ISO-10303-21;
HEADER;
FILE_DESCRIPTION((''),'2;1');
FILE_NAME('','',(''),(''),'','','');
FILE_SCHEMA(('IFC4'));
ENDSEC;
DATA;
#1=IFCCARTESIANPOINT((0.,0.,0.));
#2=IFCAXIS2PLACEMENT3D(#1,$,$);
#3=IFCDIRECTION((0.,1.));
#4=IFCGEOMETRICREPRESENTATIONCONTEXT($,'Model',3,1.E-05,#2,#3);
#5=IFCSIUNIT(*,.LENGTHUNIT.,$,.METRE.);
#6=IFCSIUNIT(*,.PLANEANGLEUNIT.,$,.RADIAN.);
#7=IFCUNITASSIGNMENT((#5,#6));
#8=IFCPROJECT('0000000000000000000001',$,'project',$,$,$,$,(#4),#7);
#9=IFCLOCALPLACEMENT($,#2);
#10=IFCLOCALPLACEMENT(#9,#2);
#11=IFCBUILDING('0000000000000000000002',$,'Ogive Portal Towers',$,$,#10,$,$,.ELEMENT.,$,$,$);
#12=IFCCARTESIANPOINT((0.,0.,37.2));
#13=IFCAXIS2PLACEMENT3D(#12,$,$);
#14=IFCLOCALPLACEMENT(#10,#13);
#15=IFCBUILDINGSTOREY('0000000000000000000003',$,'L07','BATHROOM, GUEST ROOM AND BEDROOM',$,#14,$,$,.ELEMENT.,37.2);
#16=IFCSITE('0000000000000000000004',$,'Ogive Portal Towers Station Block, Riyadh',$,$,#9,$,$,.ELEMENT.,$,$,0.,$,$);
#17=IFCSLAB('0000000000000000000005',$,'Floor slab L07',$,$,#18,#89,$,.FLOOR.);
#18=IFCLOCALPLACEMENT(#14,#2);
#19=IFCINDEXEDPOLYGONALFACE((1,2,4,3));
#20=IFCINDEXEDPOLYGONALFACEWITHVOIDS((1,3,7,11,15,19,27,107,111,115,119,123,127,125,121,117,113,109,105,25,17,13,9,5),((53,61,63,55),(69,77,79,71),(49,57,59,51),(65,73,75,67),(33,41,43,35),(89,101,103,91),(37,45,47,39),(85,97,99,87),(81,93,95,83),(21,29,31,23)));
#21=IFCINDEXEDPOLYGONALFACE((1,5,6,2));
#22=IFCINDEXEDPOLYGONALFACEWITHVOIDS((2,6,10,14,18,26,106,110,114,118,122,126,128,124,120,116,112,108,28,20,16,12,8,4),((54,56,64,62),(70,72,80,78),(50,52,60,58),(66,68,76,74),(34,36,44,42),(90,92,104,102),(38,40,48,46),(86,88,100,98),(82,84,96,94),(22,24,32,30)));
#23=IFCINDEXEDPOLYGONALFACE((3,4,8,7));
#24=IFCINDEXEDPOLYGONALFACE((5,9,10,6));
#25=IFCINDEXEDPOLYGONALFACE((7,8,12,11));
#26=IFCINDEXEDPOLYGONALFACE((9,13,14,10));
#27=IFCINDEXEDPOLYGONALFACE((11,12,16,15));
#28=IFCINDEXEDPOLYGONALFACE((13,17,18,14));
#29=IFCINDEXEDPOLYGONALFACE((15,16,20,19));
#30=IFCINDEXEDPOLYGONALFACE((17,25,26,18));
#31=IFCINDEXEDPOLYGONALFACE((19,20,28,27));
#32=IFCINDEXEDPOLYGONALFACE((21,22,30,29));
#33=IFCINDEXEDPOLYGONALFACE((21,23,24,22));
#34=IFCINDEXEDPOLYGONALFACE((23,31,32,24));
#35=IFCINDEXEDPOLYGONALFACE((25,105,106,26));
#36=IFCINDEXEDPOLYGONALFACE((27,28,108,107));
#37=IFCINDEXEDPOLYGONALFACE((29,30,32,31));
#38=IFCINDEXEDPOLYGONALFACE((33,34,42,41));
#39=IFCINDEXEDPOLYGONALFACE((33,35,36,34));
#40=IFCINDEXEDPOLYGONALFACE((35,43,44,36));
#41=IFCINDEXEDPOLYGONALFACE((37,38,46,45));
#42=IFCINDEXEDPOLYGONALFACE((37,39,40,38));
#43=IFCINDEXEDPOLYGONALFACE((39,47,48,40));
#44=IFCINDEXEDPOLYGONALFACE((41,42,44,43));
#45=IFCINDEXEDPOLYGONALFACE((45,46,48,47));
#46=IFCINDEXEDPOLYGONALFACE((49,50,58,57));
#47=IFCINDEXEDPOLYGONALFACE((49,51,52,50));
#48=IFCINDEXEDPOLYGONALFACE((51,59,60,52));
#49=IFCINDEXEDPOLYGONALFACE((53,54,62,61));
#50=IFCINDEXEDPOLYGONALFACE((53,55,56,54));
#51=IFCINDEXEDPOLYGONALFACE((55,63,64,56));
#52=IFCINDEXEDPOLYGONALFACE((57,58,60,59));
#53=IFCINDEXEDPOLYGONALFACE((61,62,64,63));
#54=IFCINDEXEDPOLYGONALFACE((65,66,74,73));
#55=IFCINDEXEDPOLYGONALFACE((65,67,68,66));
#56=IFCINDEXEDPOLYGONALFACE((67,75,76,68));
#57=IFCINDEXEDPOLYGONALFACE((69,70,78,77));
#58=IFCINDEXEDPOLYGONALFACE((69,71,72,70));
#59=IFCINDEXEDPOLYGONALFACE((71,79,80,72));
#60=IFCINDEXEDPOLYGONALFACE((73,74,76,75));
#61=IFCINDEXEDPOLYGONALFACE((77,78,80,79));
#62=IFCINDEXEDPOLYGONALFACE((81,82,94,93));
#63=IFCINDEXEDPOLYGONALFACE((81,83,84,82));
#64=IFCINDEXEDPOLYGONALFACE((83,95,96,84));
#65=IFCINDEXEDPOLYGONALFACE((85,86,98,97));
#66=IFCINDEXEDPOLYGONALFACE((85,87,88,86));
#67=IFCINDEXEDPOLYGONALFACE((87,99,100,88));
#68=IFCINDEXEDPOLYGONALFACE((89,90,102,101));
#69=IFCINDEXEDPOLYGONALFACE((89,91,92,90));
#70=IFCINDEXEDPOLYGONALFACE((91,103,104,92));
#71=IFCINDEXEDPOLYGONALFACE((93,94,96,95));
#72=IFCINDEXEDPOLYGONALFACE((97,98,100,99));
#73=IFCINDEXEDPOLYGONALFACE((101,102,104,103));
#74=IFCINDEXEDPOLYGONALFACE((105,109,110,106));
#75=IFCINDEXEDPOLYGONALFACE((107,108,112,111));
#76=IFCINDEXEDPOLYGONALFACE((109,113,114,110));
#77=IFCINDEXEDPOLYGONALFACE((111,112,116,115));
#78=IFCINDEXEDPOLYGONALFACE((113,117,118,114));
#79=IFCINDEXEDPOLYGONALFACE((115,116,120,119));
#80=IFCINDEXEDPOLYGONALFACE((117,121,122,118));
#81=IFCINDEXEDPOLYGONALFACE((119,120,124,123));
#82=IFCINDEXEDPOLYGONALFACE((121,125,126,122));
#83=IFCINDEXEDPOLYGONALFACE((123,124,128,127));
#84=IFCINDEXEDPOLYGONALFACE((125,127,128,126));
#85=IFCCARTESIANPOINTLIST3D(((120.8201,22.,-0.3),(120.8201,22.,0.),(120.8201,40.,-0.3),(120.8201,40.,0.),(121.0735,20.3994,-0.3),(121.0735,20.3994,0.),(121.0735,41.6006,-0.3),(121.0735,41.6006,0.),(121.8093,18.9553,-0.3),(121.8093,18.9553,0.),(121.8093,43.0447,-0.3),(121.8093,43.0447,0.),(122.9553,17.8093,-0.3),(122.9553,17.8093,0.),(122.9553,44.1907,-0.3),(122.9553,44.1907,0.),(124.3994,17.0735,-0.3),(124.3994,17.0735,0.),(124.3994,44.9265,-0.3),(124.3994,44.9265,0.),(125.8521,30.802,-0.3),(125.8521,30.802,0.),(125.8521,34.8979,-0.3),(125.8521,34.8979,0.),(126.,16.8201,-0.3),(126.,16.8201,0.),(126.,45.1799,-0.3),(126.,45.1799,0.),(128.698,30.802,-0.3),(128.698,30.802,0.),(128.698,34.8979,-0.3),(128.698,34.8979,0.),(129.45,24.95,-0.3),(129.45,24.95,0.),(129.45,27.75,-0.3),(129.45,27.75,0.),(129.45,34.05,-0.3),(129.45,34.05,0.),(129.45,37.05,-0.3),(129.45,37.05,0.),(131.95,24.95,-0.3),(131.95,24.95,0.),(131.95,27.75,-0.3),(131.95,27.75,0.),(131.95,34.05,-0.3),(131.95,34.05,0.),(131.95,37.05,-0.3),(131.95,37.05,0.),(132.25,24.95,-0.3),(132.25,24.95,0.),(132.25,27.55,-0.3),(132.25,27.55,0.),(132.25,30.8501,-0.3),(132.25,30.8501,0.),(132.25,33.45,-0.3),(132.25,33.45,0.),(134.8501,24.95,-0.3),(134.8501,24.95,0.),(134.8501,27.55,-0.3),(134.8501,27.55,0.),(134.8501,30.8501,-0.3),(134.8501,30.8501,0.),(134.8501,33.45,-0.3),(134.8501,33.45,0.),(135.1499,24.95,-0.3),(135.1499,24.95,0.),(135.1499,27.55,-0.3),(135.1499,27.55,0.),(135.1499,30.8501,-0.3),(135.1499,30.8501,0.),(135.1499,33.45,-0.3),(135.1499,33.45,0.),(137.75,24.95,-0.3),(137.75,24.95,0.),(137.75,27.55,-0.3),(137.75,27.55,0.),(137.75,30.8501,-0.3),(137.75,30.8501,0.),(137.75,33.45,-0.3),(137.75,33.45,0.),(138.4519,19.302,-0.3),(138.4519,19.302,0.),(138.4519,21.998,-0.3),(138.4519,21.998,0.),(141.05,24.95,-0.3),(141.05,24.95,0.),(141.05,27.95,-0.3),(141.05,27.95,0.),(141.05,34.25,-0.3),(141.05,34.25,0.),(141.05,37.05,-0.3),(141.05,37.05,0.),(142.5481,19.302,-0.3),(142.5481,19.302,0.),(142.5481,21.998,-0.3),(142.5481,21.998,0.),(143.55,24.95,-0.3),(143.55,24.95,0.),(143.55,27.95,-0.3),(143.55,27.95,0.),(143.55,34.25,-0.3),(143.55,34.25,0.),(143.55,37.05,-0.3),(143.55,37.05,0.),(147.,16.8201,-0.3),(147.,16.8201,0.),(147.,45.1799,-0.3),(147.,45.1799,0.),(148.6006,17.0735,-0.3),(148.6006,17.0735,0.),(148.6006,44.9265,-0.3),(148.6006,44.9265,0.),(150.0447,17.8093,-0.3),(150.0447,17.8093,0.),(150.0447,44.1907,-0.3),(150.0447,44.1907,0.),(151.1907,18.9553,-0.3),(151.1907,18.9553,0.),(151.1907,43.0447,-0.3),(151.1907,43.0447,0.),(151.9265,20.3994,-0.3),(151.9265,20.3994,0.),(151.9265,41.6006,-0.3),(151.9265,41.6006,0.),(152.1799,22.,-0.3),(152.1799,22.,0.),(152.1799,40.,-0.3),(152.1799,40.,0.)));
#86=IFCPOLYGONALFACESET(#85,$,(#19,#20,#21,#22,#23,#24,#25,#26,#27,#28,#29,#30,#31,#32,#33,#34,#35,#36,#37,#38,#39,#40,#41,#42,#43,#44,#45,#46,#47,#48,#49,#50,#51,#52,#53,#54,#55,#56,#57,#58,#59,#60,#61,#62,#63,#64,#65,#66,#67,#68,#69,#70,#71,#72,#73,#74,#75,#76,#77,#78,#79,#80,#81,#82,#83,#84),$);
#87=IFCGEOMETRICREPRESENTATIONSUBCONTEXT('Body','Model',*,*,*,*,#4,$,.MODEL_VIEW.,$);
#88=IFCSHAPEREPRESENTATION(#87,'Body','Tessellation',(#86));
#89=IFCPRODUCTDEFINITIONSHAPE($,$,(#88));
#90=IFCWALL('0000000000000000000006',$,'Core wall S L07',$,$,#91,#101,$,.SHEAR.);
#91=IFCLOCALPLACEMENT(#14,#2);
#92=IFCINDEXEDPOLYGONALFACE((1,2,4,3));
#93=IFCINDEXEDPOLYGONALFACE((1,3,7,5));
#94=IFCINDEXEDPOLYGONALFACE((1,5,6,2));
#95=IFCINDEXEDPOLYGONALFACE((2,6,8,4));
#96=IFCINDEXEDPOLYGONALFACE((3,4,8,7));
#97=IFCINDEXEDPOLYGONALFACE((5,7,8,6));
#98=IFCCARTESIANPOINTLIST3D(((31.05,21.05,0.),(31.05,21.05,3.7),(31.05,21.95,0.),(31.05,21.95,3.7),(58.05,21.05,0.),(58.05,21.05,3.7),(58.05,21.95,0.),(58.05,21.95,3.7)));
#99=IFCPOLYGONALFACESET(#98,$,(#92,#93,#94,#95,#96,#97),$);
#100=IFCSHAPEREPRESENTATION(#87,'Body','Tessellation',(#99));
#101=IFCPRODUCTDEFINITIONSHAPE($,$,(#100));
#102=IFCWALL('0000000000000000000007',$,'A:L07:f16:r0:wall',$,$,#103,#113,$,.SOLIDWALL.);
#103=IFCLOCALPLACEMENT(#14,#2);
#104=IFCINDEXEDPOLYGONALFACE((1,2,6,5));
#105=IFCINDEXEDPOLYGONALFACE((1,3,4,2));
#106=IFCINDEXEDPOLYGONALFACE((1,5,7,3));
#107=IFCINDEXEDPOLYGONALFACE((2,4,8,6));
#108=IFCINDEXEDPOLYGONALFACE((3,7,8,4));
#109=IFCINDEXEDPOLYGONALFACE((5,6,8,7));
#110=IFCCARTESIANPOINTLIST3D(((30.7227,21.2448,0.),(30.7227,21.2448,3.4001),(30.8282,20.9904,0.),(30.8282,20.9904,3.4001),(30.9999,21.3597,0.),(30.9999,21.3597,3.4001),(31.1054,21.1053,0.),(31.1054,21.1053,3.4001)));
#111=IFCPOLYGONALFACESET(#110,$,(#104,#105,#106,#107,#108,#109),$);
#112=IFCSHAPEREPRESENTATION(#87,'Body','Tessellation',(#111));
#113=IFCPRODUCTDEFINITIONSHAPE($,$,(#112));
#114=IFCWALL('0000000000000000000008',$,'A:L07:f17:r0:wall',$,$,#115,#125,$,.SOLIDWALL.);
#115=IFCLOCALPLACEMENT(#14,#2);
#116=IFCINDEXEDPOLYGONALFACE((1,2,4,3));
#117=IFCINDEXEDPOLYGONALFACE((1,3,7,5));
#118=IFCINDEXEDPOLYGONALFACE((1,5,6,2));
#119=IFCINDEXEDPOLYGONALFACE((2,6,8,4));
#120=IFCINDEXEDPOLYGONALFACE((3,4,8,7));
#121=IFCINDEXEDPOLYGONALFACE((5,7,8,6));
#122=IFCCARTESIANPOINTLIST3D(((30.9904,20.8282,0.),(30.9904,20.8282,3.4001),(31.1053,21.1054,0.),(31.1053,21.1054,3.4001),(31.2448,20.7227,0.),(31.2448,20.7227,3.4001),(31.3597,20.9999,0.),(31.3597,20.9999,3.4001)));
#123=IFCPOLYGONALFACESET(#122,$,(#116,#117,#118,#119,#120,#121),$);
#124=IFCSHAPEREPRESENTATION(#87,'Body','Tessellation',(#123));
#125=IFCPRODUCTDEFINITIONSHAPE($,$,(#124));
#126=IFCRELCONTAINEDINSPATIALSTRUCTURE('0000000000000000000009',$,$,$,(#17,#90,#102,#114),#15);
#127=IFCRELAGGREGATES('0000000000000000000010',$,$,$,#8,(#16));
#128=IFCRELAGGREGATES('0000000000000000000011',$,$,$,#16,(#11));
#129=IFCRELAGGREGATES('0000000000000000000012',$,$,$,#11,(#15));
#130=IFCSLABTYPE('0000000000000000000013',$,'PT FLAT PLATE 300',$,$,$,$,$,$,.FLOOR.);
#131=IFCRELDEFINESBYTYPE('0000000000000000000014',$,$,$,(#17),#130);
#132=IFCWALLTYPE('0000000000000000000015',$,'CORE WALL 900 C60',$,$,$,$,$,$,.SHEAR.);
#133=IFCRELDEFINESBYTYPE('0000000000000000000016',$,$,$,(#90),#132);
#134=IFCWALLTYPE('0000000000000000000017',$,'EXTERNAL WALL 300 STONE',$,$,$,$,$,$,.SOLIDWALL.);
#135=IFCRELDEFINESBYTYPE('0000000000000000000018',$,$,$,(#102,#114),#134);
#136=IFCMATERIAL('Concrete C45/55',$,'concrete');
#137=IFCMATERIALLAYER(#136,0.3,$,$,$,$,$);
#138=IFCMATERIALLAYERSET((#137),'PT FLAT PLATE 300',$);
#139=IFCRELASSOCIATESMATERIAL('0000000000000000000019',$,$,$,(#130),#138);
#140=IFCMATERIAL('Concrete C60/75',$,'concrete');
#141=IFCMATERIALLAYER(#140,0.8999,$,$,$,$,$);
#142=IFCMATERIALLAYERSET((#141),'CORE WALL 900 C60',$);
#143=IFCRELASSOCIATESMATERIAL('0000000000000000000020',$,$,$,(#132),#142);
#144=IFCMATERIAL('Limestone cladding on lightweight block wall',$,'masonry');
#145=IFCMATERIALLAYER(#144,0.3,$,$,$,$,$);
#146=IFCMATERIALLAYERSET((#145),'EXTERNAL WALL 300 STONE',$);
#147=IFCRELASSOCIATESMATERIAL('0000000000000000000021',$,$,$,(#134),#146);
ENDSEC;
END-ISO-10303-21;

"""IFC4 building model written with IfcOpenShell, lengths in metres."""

from ifc_helpers import new_model, si_unit, direction, frame, frame_2d, origin, place, context, subcontext, project, spatial, polyline, rectangle, outline, extrude, material, layer, layer_set, type_object, element, save


model = new_model("IFC4")

# Units and contexts
model_context = context("Model", 3, precision=1e-05, world=origin(), true_north=direction((0.0, 1.0)))
body_context = subcontext(model_context, "Body", "Model", "MODEL_VIEW")
ifc_project = project(units=[si_unit("LENGTHUNIT", "METRE"), si_unit("PLANEANGLEUNIT", "RADIAN")], contexts=[model_context])

# Site, building, storey
site_placement = place(None, origin())
site = spatial("IfcSite", under=ifc_project, at=site_placement, Name="Ogive Portal Towers Station Block, Riyadh", CompositionType="ELEMENT", RefElevation=0.0)
building_placement = place(site_placement, origin())
building = spatial("IfcBuilding", under=site, at=building_placement, Name="Ogive Portal Towers", CompositionType="ELEMENT")
storey_placement = place(building_placement, frame((0.0, 0.0, 37.2)))
storey = spatial("IfcBuildingStorey", under=building, at=storey_placement, Name="L07", Description="BATHROOM, GUEST ROOM AND BEDROOM", CompositionType="ELEMENT", Elevation=37.2)

# Slab
ifc_material_1 = material(Name="Concrete C45/55", Category="concrete")
ifc_layer_1 = layer(ifc_material_1, 0.3)
ifc_layer_set_1 = layer_set([ifc_layer_1], Name="PT FLAT PLATE 300")
slab_type_1 = type_object("IfcSlabType", Name="PT FLAT PLATE 300", PredefinedType="FLOOR", material=ifc_layer_set_1)
slab_1_placement = place(storey_placement, frame((0.0, 0.0, -0.3)))
element("IfcSlab", 1, at=slab_1_placement, inside=storey, type_object=slab_type_1, Name="Floor slab L07", PredefinedType="FLOOR", context=body_context, shape_type="SweptSolid", body=[
    extrude(outline(polyline([(120.8201, 40.0), (120.8201, 22.0), (121.0735, 20.3994), (121.8093, 18.9553), (122.9553, 17.8093), (124.3994, 17.0735), (126.0, 16.8201), (147.0, 16.8201), (148.6006, 17.0735), (150.0447, 17.8093), (151.1907, 18.9553), (151.9265, 20.3994), (152.1799, 22.0), (152.1799, 40.0), (151.9265, 41.6006), (151.1907, 43.0447), (150.0447, 44.1907), (148.6006, 44.9265), (147.0, 45.1799), (126.0, 45.1799), (124.3994, 44.9265), (122.9553, 44.1907), (121.8093, 43.0447), (121.0735, 41.6006), (120.8201, 40.0)]), holes=[polyline([(131.95, 27.75), (131.95, 24.95), (129.45, 24.95), (129.45, 27.75), (131.95, 27.75)]), polyline([(128.698, 34.8979), (128.698, 30.802), (125.8521, 30.802), (125.8521, 34.8979), (128.698, 34.8979)]), polyline([(131.95, 37.05), (131.95, 34.05), (129.45, 34.05), (129.45, 37.05), (131.95, 37.05)]), polyline([(138.4519, 21.998), (142.5481, 21.998), (142.5481, 19.302), (138.4519, 19.302), (138.4519, 21.998)]), polyline([(134.8501, 27.55), (134.8501, 24.95), (132.25, 24.95), (132.25, 27.55), (134.8501, 27.55)]), polyline([(137.75, 27.55), (137.75, 24.95), (135.1499, 24.95), (135.1499, 27.55), (137.75, 27.55)]), polyline([(143.55, 27.95), (143.55, 24.95), (141.05, 24.95), (141.05, 27.95), (143.55, 27.95)]), polyline([(134.8501, 33.45), (134.8501, 30.8501), (132.25, 30.8501), (132.25, 33.45), (134.8501, 33.45)]), polyline([(137.75, 33.45), (137.75, 30.8501), (135.1499, 30.8501), (135.1499, 33.45), (137.75, 33.45)]), polyline([(141.05, 37.05), (143.55, 37.05), (143.55, 34.25), (141.05, 34.25), (141.05, 37.05)])]), origin(), (0.0, 0.0, 1.0), 0.3),
])

# Walls
ifc_material_2 = material(Name="Concrete C60/75", Category="concrete")
ifc_layer_2 = layer(ifc_material_2, 0.8999)
ifc_layer_set_2 = layer_set([ifc_layer_2], Name="CORE WALL 900 C60")
wall_type_1 = type_object("IfcWallType", Name="CORE WALL 900 C60", PredefinedType="SHEAR", material=ifc_layer_set_2)
wall_placement = place(storey_placement, frame((31.05, 21.5, 0.0), z_axis=(0.0, 0.0, 1.0), x_axis=(1.0, 0.0, 0.0)))
element("IfcWall", 2, at=wall_placement, inside=storey, type_object=wall_type_1, Name="Core wall S L07", PredefinedType="SHEAR", context=body_context, shape_type="SweptSolid", body=[
    extrude(rectangle(XDim=27.0, YDim=0.8999, at=frame_2d((13.5, 0.0))), origin(), (0.0, 0.0, 1.0), 3.7),
])
ifc_material_3 = material(Name="Limestone cladding on lightweight block wall", Category="masonry")
ifc_layer_3 = layer(ifc_material_3, 0.3)
ifc_layer_set_3 = layer_set([ifc_layer_3], Name="EXTERNAL WALL 300 STONE")
wall_type_2 = type_object("IfcWallType", Name="EXTERNAL WALL 300 STONE", PredefinedType="SOLIDWALL", material=ifc_layer_set_3)
for number, where, z_axis, x_axis, name in (
    (3, (30.8613, 21.3022, 0.0), (0.0, 0.0, 1.0), (0.382978, -0.923757, 0.0), "A:L07:f16:r0:wall"),
    (4, (31.0479, 20.9668, 0.0), (0.0, 0.0, 1.0), (0.923757, -0.382978, 0.0), "A:L07:f17:r0:wall"),
):
    element("IfcWall", number, at=place(storey_placement, frame(where, z_axis=z_axis, x_axis=x_axis)), inside=storey, type_object=wall_type_2, Name=name, PredefinedType="SOLIDWALL", context=body_context, shape_type="SweptSolid", body=[
        extrude(rectangle(XDim=0.2754, YDim=0.3, at=frame_2d((0.1377, 0.0))), origin(), (0.0, 0.0, 1.0), 3.4001),
    ])

save(model, "model.ifc")
